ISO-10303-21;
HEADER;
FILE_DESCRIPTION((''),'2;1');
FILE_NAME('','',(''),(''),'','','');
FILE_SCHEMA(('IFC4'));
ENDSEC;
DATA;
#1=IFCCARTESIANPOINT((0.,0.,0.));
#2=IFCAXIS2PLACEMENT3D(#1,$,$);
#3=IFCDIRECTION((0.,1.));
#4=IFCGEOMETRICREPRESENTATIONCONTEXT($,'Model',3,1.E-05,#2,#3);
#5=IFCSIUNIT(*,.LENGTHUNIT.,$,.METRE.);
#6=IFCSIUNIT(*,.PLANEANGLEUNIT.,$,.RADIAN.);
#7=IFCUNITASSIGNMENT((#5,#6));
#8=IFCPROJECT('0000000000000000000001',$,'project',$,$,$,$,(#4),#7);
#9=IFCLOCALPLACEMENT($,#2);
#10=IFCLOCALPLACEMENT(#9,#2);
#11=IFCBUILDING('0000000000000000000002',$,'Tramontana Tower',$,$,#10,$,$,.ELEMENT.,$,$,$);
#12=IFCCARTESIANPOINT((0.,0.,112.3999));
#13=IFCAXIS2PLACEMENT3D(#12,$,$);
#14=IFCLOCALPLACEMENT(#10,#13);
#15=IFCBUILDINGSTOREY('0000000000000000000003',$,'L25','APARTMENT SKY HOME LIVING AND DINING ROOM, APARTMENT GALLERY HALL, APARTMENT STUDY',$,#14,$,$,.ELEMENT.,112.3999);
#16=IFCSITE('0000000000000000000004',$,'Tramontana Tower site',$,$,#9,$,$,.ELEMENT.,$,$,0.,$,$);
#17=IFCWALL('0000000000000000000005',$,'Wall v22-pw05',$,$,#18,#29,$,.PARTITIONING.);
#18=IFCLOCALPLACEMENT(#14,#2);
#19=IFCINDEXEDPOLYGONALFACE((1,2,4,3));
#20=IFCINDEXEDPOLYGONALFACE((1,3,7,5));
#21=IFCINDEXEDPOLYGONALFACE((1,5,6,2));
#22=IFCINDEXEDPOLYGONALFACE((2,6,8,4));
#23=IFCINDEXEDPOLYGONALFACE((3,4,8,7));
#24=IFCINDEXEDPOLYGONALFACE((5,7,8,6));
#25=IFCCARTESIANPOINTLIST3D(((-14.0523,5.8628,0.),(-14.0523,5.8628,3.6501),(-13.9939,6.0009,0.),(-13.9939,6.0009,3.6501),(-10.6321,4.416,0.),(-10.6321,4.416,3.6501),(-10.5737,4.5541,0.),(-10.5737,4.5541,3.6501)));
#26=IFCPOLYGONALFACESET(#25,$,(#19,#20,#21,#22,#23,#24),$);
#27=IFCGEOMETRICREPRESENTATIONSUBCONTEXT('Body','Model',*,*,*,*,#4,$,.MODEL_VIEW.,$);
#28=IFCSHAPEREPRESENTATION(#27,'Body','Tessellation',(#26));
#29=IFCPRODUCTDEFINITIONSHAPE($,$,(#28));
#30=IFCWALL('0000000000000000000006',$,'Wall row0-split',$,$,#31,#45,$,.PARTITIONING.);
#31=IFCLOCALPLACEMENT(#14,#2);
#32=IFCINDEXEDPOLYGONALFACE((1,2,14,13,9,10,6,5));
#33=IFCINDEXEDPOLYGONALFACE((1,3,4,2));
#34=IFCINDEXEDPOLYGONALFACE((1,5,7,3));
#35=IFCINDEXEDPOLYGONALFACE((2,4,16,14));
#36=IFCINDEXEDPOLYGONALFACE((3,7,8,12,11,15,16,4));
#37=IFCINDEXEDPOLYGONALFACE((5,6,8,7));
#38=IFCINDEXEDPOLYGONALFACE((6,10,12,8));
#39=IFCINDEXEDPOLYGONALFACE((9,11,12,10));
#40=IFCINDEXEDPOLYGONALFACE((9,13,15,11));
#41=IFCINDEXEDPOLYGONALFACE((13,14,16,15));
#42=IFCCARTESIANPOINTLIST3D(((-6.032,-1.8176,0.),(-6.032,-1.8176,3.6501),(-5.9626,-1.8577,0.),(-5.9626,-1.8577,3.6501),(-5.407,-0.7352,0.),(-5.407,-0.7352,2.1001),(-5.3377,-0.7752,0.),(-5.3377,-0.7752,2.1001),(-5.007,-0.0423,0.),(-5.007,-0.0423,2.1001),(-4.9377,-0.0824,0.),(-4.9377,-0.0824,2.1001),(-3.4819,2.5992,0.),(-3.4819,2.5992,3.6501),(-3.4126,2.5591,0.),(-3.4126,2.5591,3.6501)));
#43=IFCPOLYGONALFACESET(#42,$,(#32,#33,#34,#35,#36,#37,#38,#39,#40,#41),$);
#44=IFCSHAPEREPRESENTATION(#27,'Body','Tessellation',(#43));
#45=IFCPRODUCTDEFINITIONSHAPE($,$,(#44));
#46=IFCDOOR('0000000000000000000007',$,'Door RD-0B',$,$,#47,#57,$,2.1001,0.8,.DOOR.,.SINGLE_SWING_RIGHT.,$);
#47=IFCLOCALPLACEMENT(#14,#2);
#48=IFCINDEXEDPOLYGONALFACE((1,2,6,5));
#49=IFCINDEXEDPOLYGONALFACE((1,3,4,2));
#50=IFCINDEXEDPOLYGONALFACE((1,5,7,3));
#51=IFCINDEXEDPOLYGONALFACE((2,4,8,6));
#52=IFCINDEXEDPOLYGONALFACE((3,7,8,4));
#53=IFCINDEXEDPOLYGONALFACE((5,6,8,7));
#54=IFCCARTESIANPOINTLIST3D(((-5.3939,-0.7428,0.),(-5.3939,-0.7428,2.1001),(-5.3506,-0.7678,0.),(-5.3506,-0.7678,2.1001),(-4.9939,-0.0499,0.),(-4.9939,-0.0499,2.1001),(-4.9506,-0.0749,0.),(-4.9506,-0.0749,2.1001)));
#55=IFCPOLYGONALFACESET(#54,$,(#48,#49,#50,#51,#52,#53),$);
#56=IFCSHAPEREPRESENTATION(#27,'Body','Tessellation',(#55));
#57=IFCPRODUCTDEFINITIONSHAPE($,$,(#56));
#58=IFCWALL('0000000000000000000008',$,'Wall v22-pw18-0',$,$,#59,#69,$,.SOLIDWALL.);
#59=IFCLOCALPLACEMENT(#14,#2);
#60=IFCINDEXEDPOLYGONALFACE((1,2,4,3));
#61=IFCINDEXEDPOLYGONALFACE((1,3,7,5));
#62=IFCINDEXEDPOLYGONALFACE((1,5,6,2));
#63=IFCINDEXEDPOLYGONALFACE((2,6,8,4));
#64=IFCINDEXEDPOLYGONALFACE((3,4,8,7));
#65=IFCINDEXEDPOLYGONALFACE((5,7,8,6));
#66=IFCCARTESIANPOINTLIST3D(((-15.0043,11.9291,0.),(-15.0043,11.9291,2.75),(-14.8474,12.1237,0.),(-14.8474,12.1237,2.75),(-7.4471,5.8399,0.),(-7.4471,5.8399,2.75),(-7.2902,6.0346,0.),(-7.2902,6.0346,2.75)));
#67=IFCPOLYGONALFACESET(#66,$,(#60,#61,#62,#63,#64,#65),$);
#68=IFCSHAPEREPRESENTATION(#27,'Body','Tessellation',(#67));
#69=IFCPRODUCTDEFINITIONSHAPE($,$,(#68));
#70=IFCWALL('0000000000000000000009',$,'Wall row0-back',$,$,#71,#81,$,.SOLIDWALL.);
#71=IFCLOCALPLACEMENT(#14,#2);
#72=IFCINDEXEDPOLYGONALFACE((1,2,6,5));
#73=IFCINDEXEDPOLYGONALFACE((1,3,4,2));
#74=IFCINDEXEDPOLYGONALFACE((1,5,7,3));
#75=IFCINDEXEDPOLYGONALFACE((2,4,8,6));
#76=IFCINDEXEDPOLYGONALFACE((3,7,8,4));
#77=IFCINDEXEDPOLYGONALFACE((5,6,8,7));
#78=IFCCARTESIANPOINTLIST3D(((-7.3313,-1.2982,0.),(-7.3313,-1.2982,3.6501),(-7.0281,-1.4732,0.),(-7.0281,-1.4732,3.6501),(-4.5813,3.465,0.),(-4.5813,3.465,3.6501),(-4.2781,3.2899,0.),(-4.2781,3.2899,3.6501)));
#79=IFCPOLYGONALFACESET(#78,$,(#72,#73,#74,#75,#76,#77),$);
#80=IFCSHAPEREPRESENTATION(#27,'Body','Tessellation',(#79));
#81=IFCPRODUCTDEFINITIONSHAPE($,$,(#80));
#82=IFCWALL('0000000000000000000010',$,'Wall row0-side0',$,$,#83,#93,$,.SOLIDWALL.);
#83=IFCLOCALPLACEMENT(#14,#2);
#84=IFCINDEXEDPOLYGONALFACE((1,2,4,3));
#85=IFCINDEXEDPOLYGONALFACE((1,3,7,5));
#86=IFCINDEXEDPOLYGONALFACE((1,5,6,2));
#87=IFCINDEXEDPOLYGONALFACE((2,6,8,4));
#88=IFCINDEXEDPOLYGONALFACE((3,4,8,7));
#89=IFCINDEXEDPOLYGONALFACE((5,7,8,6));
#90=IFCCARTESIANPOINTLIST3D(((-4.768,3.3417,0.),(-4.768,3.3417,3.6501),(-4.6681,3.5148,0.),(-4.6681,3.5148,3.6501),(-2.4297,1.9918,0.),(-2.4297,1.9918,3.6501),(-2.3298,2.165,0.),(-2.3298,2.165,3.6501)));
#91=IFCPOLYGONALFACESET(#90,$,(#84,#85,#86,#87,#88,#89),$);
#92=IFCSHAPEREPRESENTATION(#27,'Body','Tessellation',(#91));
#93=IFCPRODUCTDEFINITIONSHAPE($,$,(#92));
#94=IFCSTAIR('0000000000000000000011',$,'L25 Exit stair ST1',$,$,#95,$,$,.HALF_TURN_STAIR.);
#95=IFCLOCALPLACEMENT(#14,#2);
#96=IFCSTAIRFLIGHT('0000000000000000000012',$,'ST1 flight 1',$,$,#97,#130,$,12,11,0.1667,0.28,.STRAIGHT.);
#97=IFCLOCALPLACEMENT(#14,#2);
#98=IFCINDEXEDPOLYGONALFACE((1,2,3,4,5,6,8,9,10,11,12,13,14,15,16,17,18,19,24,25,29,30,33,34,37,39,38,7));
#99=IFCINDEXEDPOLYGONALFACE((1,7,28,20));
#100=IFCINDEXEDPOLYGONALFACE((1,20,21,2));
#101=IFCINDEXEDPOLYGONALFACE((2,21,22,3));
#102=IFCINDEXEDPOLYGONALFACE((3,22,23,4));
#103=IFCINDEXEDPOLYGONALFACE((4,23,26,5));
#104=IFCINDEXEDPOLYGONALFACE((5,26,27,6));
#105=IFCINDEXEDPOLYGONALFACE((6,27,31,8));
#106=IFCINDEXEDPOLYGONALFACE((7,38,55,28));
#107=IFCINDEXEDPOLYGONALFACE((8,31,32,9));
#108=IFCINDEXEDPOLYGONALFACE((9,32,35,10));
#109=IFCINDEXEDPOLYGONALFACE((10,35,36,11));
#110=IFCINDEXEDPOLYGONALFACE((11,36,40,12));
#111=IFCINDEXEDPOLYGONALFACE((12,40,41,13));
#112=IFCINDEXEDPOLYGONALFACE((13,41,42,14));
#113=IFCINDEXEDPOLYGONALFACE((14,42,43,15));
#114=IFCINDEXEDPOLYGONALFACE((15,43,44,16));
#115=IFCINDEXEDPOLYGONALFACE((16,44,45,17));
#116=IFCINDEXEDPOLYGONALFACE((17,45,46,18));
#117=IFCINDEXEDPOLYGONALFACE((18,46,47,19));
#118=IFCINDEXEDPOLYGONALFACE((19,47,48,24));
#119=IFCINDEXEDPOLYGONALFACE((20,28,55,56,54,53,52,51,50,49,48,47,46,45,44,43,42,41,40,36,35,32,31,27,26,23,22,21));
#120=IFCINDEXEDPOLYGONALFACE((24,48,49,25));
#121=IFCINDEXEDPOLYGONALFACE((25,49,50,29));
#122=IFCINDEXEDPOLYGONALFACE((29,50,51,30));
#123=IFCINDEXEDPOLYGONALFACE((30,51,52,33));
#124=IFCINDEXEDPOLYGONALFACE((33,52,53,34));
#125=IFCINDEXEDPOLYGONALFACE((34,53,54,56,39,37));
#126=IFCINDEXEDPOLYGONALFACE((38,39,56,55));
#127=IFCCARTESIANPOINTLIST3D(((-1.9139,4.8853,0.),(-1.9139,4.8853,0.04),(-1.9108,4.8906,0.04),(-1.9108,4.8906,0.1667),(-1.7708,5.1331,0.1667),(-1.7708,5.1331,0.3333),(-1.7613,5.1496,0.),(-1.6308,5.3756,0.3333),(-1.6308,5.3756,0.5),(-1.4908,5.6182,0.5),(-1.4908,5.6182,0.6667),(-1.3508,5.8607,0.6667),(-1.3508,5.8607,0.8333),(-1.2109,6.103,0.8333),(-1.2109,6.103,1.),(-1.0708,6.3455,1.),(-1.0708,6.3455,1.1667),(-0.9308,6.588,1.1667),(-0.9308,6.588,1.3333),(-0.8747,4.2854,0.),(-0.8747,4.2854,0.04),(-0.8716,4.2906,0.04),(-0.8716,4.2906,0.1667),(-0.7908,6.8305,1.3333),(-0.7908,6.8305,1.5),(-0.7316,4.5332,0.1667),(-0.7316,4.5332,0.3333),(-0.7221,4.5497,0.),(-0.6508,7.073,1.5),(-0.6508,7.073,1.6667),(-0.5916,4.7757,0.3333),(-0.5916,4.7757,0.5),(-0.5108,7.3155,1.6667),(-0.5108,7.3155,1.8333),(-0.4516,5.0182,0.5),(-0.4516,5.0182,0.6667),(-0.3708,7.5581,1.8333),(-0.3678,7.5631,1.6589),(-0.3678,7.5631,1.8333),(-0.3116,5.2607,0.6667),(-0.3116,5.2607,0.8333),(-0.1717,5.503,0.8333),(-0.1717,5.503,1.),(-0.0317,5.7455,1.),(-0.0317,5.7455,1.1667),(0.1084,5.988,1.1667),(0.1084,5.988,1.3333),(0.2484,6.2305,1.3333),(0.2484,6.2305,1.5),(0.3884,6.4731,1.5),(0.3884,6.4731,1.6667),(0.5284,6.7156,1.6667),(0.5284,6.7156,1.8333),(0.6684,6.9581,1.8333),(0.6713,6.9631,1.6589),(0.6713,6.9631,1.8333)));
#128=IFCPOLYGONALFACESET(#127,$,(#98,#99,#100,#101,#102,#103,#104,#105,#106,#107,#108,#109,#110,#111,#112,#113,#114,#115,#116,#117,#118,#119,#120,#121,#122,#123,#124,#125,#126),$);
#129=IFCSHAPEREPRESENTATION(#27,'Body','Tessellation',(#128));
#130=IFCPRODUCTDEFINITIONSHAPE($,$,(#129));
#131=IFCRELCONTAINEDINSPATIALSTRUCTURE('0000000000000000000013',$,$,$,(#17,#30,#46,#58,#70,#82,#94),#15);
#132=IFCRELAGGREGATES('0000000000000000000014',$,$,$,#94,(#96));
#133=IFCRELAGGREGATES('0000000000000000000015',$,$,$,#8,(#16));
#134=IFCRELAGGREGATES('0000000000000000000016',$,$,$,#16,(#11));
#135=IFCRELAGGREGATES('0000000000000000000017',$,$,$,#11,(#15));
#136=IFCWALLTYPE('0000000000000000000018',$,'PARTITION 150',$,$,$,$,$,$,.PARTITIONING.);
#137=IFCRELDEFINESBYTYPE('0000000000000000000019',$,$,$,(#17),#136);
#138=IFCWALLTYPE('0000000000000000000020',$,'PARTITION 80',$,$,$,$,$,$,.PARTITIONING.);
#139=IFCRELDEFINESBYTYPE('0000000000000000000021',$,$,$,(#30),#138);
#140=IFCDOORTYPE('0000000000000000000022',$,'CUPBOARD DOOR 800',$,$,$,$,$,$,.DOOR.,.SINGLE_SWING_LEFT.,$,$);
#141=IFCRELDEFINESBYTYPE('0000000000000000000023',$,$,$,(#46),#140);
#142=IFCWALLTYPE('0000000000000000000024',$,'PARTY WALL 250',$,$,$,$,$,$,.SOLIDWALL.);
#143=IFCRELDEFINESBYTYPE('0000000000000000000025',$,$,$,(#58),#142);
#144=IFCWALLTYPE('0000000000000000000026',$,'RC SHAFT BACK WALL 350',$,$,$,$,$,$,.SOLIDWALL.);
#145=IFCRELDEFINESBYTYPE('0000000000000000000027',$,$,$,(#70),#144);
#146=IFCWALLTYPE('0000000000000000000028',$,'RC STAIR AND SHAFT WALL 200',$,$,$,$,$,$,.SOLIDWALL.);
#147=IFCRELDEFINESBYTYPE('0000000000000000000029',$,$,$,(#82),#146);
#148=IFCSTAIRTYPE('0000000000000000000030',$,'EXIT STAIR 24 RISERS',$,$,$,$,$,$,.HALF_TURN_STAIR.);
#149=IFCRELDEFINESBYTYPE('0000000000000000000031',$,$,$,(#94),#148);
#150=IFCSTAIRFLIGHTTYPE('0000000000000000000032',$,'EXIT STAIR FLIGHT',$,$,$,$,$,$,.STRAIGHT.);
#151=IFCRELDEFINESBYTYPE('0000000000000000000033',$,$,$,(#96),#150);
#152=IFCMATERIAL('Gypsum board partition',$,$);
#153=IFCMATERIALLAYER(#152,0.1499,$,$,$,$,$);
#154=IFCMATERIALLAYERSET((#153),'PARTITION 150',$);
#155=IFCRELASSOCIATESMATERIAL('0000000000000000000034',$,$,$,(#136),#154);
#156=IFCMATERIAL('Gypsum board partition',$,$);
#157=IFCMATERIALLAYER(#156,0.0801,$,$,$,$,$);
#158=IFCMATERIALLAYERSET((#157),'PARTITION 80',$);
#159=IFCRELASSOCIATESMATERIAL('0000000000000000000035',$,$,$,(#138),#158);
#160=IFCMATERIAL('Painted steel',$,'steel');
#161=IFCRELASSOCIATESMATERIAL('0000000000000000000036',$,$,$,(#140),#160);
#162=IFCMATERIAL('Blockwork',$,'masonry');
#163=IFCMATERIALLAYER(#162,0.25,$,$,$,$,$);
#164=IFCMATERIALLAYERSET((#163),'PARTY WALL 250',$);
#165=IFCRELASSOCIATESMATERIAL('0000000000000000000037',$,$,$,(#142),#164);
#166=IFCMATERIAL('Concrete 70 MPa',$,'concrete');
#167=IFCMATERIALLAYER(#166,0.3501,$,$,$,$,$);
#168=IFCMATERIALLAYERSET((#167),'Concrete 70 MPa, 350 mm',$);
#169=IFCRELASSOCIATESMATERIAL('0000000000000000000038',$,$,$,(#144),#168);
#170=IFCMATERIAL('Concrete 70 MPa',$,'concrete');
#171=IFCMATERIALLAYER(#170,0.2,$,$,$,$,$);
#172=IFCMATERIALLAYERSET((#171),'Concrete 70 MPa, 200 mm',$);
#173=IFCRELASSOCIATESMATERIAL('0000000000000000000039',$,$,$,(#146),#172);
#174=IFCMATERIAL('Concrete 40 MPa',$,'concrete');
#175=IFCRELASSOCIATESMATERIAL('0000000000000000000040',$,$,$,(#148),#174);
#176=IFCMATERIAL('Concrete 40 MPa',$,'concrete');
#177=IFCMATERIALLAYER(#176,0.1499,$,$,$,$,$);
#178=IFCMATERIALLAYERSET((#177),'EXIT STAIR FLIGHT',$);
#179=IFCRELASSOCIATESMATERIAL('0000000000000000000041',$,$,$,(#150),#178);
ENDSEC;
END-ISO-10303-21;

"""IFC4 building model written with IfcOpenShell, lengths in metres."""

from ifc_helpers import new_model, si_unit, direction, frame, frame_2d, origin, place, context, subcontext, project, spatial, polyline, rectangle, outline, extrude, material, layer, layer_set, type_object, element, fill, aggregate, save


model = new_model("IFC4")

# Units and contexts
model_context = context("Model", 3, precision=1e-05, world=origin(), true_north=direction((0.0, 1.0)))
body_context = subcontext(model_context, "Body", "Model", "MODEL_VIEW")
ifc_project = project(units=[si_unit("LENGTHUNIT", "METRE"), si_unit("PLANEANGLEUNIT", "RADIAN")], contexts=[model_context])

# Site, building, storey
site_placement = place(None, origin())
site = spatial("IfcSite", under=ifc_project, at=site_placement, Name="Tramontana Tower site", CompositionType="ELEMENT", RefElevation=0.0)
building_placement = place(site_placement, origin())
building = spatial("IfcBuilding", under=site, at=building_placement, Name="Tramontana Tower", CompositionType="ELEMENT")
storey_placement = place(building_placement, frame((0.0, 0.0, 112.3999)))
storey = spatial("IfcBuildingStorey", under=building, at=storey_placement, Name="L25", Description="APARTMENT SKY HOME LIVING AND DINING ROOM, APARTMENT GALLERY HALL, APARTMENT STUDY", CompositionType="ELEMENT", Elevation=112.3999)

# Shared definitions
ifc_material_1 = material(Name="Gypsum board partition")
ifc_layer_1 = layer(ifc_material_1, 0.1499)
ifc_layer_set_1 = layer_set([ifc_layer_1], Name="PARTITION 150")
wall_type_1 = type_object("IfcWallType", Name="PARTITION 150", PredefinedType="PARTITIONING", material=ifc_layer_set_1)

# Wall
wall_1_placement = place(storey_placement, frame((-14.0232, 5.9319, 0.0), z_axis=(0.0, 0.0, 1.0), x_axis=(0.920988, -0.389591, 0.0)))
element("IfcWall", 1, at=wall_1_placement, inside=storey, type_object=wall_type_1, Name="Wall v22-pw05", PredefinedType="PARTITIONING", context=body_context, shape_type="SweptSolid", body=[
    extrude(rectangle(XDim=3.7136, YDim=0.1499, at=frame_2d((1.8569, 0.0))), origin(), (0.0, 0.0, 1.0), 3.6501),
])

# Wall, opening, door
ifc_material_2 = material(Name="Gypsum board partition")
ifc_layer_2 = layer(ifc_material_2, 0.0801)
ifc_layer_set_2 = layer_set([ifc_layer_2], Name="PARTITION 80")
wall_type_2 = type_object("IfcWallType", Name="PARTITION 80", PredefinedType="PARTITIONING", material=ifc_layer_set_2)
wall_2_placement = place(storey_placement, frame((-5.9973, -1.8376, 0.0), z_axis=(0.0, 0.0, 1.0), x_axis=(0.500006, 0.866022, 0.0)))
wall_2 = element("IfcWall", 2, at=wall_2_placement, inside=storey, type_object=wall_type_2, Name="Wall row0-split", PredefinedType="PARTITIONING", context=body_context, shape_type="SweptSolid", body=[
    extrude(rectangle(XDim=5.1001, YDim=0.0801, at=frame_2d((2.55, 0.0))), origin(), (0.0, 0.0, 1.0), 3.6501),
])
opening_1_placement = place(wall_2_placement, frame((1.25, 0.0, 0.0)))
opening_1 = element("IfcOpeningElement", 3, at=opening_1_placement, cuts=wall_2, PredefinedType="OPENING", context=body_context, shape_type="SweptSolid", body=[
    extrude(rectangle(XDim=0.8, YDim=2.1001, at=frame_2d((0.3999, 1.05))), frame((0.0, 0.05, 0.0), z_axis=(0.0, -1.0, 0.0), x_axis=(1.0, 0.0, 0.0)), (0.0, 0.0, 1.0), 0.1001),
])
ifc_material_3 = material(Name="Painted steel", Category="steel")
door_type_1 = type_object("IfcDoorType", Name="CUPBOARD DOOR 800", OperationType="SINGLE_SWING_LEFT", PredefinedType="DOOR", material=ifc_material_3)
door_1_placement = place(opening_1_placement, origin())
door_1 = element("IfcDoor", 4, at=door_1_placement, inside=storey, type_object=door_type_1, Name="Door RD-0B", OperationType="SINGLE_SWING_RIGHT", OverallHeight=2.1001, OverallWidth=0.8, PredefinedType="DOOR", context=body_context, shape_type="SweptSolid", body=[
    extrude(rectangle(XDim=0.8, YDim=2.1001, at=frame_2d((0.3999, 1.05))), frame((0.0, 0.0249, 0.0), z_axis=(0.0, -1.0, 0.0), x_axis=(1.0, 0.0, 0.0)), (0.0, 0.0, 1.0), 0.05),
])
fill(opening_1, door_1)

# Walls
ifc_material_4 = material(Name="Blockwork", Category="masonry")
ifc_layer_3 = layer(ifc_material_4, 0.25)
ifc_layer_set_3 = layer_set([ifc_layer_3], Name="PARTY WALL 250")
wall_type_3 = type_object("IfcWallType", Name="PARTY WALL 250", PredefinedType="SOLIDWALL", material=ifc_layer_set_3)
wall_3_placement = place(storey_placement, frame((-7.3687, 5.9373, 0.0), z_axis=(0.0, 0.0, 1.0), x_axis=(-0.778682, 0.627419, 0.0)))
element("IfcWall", 5, at=wall_3_placement, inside=storey, type_object=wall_type_3, Name="Wall v22-pw18-0", PredefinedType="SOLIDWALL", context=body_context, shape_type="SweptSolid", body=[
    extrude(rectangle(XDim=9.7051, YDim=0.25, at=frame_2d((4.8525, 0.0))), origin(), (0.0, 0.0, 1.0), 2.75),
])
ifc_material_5 = material(Name="Concrete 70 MPa", Category="concrete")
ifc_layer_4 = layer(ifc_material_5, 0.3501)
ifc_layer_set_4 = layer_set([ifc_layer_4], Name="Concrete 70 MPa, 350 mm")
wall_type_4 = type_object("IfcWallType", Name="RC SHAFT BACK WALL 350", PredefinedType="SOLIDWALL", material=ifc_layer_set_4)
wall_4_placement = place(storey_placement, frame((-4.4297, 3.3774, 0.0), z_axis=(0.0, 0.0, 1.0), x_axis=(-0.499997, -0.866027, 0.0)))
element("IfcWall", 6, at=wall_4_placement, inside=storey, type_object=wall_type_4, Name="Wall row0-back", PredefinedType="SOLIDWALL", context=body_context, shape_type="SweptSolid", body=[
    extrude(rectangle(XDim=5.5, YDim=0.3501, at=frame_2d((2.75, 0.0))), origin(), (0.0, 0.0, 1.0), 3.6501),
])

# Shared definitions
ifc_material_6 = material(Name="Concrete 70 MPa", Category="concrete")
ifc_layer_5 = layer(ifc_material_6, 0.2)
ifc_layer_set_5 = layer_set([ifc_layer_5], Name="Concrete 70 MPa, 200 mm")
wall_type_5 = type_object("IfcWallType", Name="RC STAIR AND SHAFT WALL 200", PredefinedType="SOLIDWALL", material=ifc_layer_set_5)

# Wall
wall_5_placement = place(storey_placement, frame((-2.3796, 2.0784, 0.0), z_axis=(0.0, 0.0, 1.0), x_axis=(-0.866059, 0.499942, 0.0)))
element("IfcWall", 7, at=wall_5_placement, inside=storey, type_object=wall_type_5, Name="Wall row0-side0", PredefinedType="SOLIDWALL", context=body_context, shape_type="SweptSolid", body=[
    extrude(rectangle(XDim=2.7, YDim=0.2, at=frame_2d((1.3501, 0.0))), origin(), (0.0, 0.0, 1.0), 3.6501),
])

# Stair, stair flight
ifc_material_7 = material(Name="Concrete 40 MPa", Category="concrete")
stair_type = type_object("IfcStairType", Name="EXIT STAIR 24 RISERS", PredefinedType="HALF_TURN_STAIR", material=ifc_material_7)
stair_placement = place(storey_placement, origin())
stair = element("IfcStair", 8, at=stair_placement, inside=storey, type_object=stair_type, Name="L25 Exit stair ST1", PredefinedType="HALF_TURN_STAIR")
ifc_material_8 = material(Name="Concrete 40 MPa", Category="concrete")
ifc_layer_6 = layer(ifc_material_8, 0.1499)
ifc_layer_set_6 = layer_set([ifc_layer_6], Name="EXIT STAIR FLIGHT")
stair_flight_type = type_object("IfcStairFlightType", Name="EXIT STAIR FLIGHT", PredefinedType="STRAIGHT", material=ifc_layer_set_6)
stair_flight_placement = place(storey_placement, frame((-1.3911, 4.5906, 0.0), z_axis=(0.0, 0.0, 1.0), x_axis=(0.5, 0.866025, 0.0)))
stair_flight = element("IfcStairFlight", 9, at=stair_flight_placement, type_object=stair_flight_type, Name="ST1 flight 1", NumberOfRisers=12, NumberOfTreads=11, PredefinedType="STRAIGHT", RiserHeight=0.1667, TreadLength=0.28, context=body_context, shape_type="SweptSolid", body=[
    extrude(outline(polyline([(-0.0061, 0.0), (-0.0061, 0.04), (0.0, 0.04), (0.0, 0.1667), (0.28, 0.1667), (0.28, 0.3333), (0.5601, 0.3333), (0.5601, 0.5), (0.8401, 0.5), (0.8401, 0.6667), (1.1201, 0.6667), (1.1201, 0.8333), (1.3999, 0.8333), (1.3999, 1.0), (1.6799, 1.0), (1.6799, 1.1667), (1.96, 1.1667), (1.96, 1.3333), (2.24, 1.3333), (2.24, 1.5), (2.52, 1.5), (2.52, 1.6667), (2.8, 1.6667), (2.8, 1.8333), (3.0801, 1.8333), (3.0859, 1.8333), (3.0859, 1.6589), (0.2991, 0.0), (-0.0061, 0.0)])), frame((0.0, 0.6001, 0.0), z_axis=(0.0, -1.0, 0.0), x_axis=(1.0, 0.0, 0.0)), (0.0, 0.0, 1.0), 1.2),
])
aggregate(stair, [stair_flight])

save(model, "model.ifc")
